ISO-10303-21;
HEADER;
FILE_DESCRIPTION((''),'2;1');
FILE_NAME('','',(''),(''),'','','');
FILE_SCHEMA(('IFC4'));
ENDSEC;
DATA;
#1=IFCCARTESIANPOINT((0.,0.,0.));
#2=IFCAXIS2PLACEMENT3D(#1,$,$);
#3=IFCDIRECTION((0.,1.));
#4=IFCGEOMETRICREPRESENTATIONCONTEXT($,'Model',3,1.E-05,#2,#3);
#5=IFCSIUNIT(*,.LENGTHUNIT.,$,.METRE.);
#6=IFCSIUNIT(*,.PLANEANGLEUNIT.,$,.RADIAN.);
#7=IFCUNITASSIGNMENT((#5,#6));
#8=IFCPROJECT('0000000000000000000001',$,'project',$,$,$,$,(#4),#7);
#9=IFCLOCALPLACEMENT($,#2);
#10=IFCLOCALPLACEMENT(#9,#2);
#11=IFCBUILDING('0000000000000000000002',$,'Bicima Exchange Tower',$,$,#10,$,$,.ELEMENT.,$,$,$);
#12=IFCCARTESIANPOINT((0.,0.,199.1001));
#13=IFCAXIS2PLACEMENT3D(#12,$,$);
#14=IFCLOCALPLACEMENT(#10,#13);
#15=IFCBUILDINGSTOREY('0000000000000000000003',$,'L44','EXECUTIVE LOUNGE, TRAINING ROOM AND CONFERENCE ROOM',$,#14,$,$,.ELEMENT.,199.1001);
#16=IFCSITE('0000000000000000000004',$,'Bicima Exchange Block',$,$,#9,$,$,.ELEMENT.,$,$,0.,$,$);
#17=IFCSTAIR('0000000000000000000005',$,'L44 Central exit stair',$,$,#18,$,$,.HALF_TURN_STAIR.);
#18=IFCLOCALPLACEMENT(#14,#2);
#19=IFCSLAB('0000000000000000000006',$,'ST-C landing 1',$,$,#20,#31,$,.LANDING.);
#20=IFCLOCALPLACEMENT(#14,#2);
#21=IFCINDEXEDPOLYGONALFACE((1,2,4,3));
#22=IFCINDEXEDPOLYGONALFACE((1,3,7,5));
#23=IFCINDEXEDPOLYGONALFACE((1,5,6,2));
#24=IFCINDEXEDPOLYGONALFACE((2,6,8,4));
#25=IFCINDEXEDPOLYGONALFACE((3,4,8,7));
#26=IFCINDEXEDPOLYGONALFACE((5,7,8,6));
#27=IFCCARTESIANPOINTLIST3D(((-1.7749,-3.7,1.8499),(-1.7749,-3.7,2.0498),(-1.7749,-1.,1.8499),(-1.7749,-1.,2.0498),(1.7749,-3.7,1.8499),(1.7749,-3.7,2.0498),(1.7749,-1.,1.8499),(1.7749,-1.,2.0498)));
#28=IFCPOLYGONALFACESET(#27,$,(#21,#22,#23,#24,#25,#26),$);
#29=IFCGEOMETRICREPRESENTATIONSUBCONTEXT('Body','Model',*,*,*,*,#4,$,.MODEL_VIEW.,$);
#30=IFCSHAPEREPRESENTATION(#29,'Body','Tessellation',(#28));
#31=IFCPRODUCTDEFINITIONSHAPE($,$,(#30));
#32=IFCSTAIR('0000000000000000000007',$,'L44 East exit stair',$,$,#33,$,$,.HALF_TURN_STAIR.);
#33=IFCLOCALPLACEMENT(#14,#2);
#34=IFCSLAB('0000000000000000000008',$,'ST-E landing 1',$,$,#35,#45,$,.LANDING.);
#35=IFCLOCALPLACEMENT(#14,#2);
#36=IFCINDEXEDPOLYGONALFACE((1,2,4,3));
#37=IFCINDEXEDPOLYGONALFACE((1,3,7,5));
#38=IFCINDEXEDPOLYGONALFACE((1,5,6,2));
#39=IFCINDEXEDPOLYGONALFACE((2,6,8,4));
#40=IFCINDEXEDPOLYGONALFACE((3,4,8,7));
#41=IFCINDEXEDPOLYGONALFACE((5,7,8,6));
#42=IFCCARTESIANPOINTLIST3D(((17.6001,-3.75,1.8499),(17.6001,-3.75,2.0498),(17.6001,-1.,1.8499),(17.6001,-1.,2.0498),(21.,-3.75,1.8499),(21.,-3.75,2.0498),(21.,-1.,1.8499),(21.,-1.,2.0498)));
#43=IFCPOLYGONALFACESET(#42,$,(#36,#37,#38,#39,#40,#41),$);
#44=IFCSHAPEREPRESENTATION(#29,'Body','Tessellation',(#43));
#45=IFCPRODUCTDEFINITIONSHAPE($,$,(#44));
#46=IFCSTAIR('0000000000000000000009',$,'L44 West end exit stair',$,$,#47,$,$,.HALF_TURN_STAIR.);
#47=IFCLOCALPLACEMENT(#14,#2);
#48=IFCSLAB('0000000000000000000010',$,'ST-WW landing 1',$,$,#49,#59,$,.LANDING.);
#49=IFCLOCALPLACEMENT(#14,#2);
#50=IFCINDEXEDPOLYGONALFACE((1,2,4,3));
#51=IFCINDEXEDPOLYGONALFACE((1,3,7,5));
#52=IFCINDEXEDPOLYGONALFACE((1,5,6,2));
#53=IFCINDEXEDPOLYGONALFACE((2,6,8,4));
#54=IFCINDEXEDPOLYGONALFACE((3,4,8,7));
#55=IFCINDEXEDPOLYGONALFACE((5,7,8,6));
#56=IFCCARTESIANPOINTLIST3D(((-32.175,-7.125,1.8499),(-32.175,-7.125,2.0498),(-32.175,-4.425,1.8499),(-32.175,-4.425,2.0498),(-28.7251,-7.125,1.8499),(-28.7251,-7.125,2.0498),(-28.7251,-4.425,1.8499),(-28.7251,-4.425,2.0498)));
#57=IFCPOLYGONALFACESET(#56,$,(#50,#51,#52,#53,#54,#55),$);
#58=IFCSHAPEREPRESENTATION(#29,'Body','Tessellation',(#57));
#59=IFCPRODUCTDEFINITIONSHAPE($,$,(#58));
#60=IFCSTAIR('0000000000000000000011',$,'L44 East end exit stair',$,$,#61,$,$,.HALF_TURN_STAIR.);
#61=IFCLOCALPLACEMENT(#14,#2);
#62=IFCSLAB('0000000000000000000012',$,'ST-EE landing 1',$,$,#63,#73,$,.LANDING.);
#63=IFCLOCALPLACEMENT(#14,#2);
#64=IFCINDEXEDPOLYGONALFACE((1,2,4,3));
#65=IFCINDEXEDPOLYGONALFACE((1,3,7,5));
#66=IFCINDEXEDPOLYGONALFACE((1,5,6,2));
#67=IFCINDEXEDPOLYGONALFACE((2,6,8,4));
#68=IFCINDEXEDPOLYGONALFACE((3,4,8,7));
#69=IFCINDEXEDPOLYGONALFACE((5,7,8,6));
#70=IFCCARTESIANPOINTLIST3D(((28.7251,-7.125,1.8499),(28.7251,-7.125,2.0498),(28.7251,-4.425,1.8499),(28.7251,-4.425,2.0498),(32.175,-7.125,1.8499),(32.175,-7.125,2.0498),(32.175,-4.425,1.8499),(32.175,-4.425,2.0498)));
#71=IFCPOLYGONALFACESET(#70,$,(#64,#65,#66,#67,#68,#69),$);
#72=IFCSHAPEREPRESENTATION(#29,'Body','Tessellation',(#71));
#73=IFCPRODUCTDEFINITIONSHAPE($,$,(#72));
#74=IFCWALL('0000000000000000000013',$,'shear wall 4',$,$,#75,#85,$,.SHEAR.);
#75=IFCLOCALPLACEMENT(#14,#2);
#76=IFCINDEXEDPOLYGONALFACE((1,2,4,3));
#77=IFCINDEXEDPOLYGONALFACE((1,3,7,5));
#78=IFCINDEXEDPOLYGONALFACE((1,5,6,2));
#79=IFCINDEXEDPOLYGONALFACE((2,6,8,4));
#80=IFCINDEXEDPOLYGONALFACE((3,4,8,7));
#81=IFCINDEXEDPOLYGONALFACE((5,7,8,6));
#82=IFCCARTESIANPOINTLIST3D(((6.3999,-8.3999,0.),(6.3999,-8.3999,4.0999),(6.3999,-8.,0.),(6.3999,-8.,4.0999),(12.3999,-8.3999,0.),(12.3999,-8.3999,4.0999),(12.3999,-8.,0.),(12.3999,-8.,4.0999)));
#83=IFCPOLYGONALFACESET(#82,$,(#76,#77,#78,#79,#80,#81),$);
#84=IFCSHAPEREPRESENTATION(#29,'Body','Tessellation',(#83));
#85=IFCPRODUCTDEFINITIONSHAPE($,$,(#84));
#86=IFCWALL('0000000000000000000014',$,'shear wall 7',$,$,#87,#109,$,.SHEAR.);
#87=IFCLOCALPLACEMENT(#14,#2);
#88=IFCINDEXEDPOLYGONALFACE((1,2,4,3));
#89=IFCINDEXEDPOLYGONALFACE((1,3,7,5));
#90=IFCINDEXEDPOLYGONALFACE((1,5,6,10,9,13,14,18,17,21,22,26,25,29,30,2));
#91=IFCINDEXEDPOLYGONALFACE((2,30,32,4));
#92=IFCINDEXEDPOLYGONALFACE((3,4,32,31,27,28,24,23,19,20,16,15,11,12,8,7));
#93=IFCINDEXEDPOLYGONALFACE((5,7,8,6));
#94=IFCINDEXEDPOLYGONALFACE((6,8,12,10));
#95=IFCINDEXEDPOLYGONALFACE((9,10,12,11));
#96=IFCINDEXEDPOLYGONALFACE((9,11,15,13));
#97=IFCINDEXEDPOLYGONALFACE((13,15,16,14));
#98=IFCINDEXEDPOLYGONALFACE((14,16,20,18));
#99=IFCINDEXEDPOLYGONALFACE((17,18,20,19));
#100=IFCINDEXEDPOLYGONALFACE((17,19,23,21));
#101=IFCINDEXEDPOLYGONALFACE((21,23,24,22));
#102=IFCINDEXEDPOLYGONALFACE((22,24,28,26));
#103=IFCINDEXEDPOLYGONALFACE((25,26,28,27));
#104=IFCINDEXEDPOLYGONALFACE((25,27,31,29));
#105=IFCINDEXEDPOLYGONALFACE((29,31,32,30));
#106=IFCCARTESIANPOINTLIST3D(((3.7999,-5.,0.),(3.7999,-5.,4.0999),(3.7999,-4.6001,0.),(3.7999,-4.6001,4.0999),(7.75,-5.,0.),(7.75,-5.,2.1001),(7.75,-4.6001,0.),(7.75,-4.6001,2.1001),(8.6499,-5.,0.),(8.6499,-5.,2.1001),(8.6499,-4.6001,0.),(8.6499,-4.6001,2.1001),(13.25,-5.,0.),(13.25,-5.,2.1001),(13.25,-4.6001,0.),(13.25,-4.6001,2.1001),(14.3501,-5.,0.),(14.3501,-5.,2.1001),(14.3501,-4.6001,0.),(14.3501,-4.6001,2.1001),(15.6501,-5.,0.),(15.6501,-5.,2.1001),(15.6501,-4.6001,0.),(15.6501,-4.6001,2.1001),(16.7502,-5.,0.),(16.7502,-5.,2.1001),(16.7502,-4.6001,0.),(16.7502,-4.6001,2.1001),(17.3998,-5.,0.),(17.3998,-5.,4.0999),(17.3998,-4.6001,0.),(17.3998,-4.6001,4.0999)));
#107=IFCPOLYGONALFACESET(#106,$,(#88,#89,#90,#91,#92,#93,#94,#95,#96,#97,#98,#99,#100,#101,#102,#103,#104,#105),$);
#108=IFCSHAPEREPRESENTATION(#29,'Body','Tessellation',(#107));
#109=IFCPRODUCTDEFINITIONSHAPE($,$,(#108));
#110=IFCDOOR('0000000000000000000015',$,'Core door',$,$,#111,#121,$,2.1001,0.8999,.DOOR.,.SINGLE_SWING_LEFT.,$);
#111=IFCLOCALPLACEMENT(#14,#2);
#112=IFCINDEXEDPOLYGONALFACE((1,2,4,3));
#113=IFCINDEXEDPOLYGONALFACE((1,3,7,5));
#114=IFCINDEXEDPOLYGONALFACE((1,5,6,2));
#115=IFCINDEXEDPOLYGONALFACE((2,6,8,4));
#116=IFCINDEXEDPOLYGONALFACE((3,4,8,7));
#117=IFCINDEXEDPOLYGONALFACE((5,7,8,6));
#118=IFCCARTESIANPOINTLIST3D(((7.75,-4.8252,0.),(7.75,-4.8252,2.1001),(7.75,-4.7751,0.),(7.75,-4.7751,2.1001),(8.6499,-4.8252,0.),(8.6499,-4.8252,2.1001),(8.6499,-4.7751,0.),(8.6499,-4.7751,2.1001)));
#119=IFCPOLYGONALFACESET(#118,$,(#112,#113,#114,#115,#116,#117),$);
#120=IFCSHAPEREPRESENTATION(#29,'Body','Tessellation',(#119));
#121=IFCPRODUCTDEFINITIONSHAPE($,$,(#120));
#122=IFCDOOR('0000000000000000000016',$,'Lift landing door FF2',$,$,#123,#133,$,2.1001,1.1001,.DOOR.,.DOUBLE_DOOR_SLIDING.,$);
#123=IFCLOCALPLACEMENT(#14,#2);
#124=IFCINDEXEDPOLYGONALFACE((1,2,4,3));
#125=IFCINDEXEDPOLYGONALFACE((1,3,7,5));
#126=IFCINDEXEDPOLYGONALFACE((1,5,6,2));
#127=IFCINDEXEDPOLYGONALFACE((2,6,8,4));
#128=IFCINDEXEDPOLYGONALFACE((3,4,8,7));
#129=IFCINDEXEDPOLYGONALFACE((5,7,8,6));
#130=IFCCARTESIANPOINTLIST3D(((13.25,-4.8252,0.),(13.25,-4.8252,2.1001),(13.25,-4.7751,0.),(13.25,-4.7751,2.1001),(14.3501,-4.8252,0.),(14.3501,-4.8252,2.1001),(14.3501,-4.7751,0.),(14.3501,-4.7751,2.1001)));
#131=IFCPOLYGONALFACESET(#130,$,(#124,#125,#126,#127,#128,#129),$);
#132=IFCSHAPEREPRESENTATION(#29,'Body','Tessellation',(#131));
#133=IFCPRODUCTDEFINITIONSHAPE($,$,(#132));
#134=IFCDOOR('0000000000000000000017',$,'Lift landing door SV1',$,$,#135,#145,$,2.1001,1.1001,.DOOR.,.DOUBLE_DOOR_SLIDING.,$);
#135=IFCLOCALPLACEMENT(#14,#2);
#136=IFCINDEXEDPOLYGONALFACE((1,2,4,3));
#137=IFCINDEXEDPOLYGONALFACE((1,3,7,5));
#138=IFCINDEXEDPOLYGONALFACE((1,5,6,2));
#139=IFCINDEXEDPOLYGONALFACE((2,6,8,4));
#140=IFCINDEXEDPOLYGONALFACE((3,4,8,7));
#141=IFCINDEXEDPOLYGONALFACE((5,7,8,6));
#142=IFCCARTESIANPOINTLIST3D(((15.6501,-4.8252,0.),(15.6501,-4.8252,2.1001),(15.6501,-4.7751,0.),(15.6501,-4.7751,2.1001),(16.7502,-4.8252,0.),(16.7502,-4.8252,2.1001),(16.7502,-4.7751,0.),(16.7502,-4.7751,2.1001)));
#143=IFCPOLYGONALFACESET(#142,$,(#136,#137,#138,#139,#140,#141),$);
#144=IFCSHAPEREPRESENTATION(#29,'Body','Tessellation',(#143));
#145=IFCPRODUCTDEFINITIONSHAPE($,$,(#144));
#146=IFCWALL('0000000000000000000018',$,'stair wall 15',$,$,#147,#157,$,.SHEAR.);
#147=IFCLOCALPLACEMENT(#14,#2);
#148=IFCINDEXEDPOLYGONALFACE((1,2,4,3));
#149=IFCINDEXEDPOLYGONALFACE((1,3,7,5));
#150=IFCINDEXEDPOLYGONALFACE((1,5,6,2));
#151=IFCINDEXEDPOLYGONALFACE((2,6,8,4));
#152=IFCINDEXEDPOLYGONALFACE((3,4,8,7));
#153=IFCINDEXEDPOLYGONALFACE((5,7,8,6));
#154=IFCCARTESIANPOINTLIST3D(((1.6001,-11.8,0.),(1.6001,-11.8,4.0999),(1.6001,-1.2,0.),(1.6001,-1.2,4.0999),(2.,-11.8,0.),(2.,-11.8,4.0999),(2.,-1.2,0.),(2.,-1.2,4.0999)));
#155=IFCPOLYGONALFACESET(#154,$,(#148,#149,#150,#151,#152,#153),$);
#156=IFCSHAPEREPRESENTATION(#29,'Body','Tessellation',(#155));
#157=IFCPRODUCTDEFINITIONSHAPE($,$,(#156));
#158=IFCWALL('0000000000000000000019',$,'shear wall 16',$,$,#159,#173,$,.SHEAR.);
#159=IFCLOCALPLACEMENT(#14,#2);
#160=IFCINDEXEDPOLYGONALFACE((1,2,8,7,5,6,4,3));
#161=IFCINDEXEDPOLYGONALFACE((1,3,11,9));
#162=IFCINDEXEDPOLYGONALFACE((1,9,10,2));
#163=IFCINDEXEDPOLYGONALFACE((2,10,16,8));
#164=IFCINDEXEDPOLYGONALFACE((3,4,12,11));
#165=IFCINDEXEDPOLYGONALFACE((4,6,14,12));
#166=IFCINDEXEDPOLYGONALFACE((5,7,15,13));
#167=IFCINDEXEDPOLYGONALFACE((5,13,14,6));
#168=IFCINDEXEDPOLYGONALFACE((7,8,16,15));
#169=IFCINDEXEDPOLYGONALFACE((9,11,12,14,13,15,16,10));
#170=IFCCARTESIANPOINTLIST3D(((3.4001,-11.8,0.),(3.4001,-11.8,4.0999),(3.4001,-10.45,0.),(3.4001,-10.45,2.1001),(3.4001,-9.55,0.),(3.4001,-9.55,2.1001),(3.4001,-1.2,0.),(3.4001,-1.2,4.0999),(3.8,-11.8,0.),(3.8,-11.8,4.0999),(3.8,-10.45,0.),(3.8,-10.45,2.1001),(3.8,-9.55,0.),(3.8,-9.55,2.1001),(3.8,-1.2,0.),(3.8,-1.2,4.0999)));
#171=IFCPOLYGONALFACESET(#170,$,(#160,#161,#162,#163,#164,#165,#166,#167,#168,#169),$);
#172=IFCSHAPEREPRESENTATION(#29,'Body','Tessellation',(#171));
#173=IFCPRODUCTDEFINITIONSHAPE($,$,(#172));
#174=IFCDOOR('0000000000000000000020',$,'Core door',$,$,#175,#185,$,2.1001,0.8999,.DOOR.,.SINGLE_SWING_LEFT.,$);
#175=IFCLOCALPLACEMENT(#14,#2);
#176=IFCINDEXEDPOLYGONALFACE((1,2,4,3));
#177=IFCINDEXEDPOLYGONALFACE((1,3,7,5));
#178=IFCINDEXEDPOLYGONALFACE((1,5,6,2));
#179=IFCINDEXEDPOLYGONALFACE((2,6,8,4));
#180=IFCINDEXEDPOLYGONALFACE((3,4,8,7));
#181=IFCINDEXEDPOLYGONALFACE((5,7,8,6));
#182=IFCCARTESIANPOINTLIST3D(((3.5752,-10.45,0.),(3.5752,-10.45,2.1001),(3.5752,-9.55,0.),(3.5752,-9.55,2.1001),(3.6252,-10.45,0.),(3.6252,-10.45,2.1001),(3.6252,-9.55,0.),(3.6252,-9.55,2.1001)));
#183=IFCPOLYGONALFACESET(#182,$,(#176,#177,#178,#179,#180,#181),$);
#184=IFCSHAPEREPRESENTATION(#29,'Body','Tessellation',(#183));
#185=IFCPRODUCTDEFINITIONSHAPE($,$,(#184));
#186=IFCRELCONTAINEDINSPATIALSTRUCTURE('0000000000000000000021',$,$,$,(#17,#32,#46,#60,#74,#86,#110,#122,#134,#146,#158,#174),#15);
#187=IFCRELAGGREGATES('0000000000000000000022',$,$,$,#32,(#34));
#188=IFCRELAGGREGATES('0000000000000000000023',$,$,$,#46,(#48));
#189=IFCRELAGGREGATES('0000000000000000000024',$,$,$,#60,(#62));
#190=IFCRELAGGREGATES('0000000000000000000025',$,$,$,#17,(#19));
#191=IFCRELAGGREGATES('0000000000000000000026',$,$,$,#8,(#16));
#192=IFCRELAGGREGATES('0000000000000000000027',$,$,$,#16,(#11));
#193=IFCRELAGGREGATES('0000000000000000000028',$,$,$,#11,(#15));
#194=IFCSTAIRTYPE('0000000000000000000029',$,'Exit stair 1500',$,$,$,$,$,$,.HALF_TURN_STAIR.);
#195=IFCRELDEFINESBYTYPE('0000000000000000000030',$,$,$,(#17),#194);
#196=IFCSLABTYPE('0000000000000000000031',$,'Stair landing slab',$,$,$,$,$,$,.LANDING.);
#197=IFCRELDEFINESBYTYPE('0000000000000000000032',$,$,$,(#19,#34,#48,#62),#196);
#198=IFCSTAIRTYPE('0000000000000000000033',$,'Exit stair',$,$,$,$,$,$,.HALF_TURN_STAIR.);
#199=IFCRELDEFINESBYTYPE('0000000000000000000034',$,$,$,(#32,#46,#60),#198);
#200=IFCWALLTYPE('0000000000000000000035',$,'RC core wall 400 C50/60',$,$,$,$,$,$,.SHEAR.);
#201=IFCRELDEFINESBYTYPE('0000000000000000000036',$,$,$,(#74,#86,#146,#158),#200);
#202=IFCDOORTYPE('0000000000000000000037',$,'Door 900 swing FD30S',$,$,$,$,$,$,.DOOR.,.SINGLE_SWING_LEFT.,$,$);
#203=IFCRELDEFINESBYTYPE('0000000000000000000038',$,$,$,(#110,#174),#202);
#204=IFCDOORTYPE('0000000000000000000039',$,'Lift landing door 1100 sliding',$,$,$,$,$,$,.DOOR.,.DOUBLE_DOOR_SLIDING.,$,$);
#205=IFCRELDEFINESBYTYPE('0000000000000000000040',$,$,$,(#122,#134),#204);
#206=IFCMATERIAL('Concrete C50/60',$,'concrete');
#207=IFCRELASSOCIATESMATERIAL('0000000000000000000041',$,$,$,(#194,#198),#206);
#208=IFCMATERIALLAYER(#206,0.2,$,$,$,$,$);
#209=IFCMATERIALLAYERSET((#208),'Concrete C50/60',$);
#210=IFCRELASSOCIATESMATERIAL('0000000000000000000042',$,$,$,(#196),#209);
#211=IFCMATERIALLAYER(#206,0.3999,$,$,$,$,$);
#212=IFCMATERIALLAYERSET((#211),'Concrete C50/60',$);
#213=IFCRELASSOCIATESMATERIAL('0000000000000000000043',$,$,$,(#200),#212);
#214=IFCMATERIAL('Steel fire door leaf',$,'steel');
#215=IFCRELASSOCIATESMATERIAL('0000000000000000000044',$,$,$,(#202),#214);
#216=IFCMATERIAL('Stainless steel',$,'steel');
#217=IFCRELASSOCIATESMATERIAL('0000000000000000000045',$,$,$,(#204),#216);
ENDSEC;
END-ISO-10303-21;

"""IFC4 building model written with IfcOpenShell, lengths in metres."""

from ifc_helpers import new_model, si_unit, direction, frame, frame_2d, origin, place, context, subcontext, project, spatial, polyline, rectangle, outline, extrude, material, layer, layer_set, type_object, element, fill, aggregate, save


model = new_model("IFC4")

# Units and contexts
model_context = context("Model", 3, precision=1e-05, world=origin(), true_north=direction((0.0, 1.0)))
body_context = subcontext(model_context, "Body", "Model", "MODEL_VIEW")
ifc_project = project(units=[si_unit("LENGTHUNIT", "METRE"), si_unit("PLANEANGLEUNIT", "RADIAN")], contexts=[model_context])

# Site, building, storey
site_placement = place(None, origin())
site = spatial("IfcSite", under=ifc_project, at=site_placement, Name="Bicima Exchange Block", CompositionType="ELEMENT", RefElevation=0.0)
building_placement = place(site_placement, origin())
building = spatial("IfcBuilding", under=site, at=building_placement, Name="Bicima Exchange Tower", CompositionType="ELEMENT")
storey_placement = place(building_placement, frame((0.0, 0.0, 199.1001)))
storey = spatial("IfcBuildingStorey", under=building, at=storey_placement, Name="L44", Description="EXECUTIVE LOUNGE, TRAINING ROOM AND CONFERENCE ROOM", CompositionType="ELEMENT", Elevation=199.1001)

# Stairs, slabs
ifc_material_1 = material(Name="Concrete C50/60", Category="concrete")
stair_type_1 = type_object("IfcStairType", Name="Exit stair 1500", PredefinedType="HALF_TURN_STAIR", material=ifc_material_1)
stair_1_placement = place(storey_placement, origin())
stair_1 = element("IfcStair", 1, at=stair_1_placement, inside=storey, type_object=stair_type_1, Name="L44 Central exit stair", PredefinedType="HALF_TURN_STAIR")
ifc_layer_1 = layer(ifc_material_1, 0.2)
ifc_layer_set_1 = layer_set([ifc_layer_1], Name="Concrete C50/60")
slab_type = type_object("IfcSlabType", Name="Stair landing slab", PredefinedType="LANDING", material=ifc_layer_set_1)
slab_1_placement = place(storey_placement, frame((0.0, 0.0, 1.8499)))
slab_1 = element("IfcSlab", 2, at=slab_1_placement, type_object=slab_type, Name="ST-C landing 1", PredefinedType="LANDING", context=body_context, shape_type="SweptSolid", body=[
    extrude(outline(polyline([(1.7749, -3.7), (1.7749, -1.0), (-1.7749, -1.0), (-1.7749, -3.7), (1.7749, -3.7)])), origin(), (0.0, 0.0, 1.0), 0.2),
])
stair_type_2 = type_object("IfcStairType", Name="Exit stair", PredefinedType="HALF_TURN_STAIR", material=ifc_material_1)
stair_2_placement = place(storey_placement, origin())
stair_2 = element("IfcStair", 3, at=stair_2_placement, inside=storey, type_object=stair_type_2, Name="L44 East exit stair", PredefinedType="HALF_TURN_STAIR")
slab_2_placement = place(storey_placement, frame((0.0, 0.0, 1.8499)))
slab_2 = element("IfcSlab", 4, at=slab_2_placement, type_object=slab_type, Name="ST-E landing 1", PredefinedType="LANDING", context=body_context, shape_type="SweptSolid", body=[
    extrude(outline(polyline([(21.0, -3.75), (21.0, -1.0), (17.6001, -1.0), (17.6001, -3.75), (21.0, -3.75)])), origin(), (0.0, 0.0, 1.0), 0.2),
])
aggregate(stair_2, [slab_2])
stair_3_placement = place(storey_placement, origin())
stair_3 = element("IfcStair", 5, at=stair_3_placement, inside=storey, type_object=stair_type_2, Name="L44 West end exit stair", PredefinedType="HALF_TURN_STAIR")
slab_3_placement = place(storey_placement, frame((0.0, 0.0, 1.8499)))
slab_3 = element("IfcSlab", 6, at=slab_3_placement, type_object=slab_type, Name="ST-WW landing 1", PredefinedType="LANDING", context=body_context, shape_type="SweptSolid", body=[
    extrude(outline(polyline([(-28.7251, -7.125), (-28.7251, -4.425), (-32.175, -4.425), (-32.175, -7.125), (-28.7251, -7.125)])), origin(), (0.0, 0.0, 1.0), 0.2),
])
aggregate(stair_3, [slab_3])
stair_4_placement = place(storey_placement, origin())
stair_4 = element("IfcStair", 7, at=stair_4_placement, inside=storey, type_object=stair_type_2, Name="L44 East end exit stair", PredefinedType="HALF_TURN_STAIR")
slab_4_placement = place(storey_placement, frame((0.0, 0.0, 1.8499)))
slab_4 = element("IfcSlab", 8, at=slab_4_placement, type_object=slab_type, Name="ST-EE landing 1", PredefinedType="LANDING", context=body_context, shape_type="SweptSolid", body=[
    extrude(outline(polyline([(32.175, -7.125), (32.175, -4.425), (28.7251, -4.425), (28.7251, -7.125), (32.175, -7.125)])), origin(), (0.0, 0.0, 1.0), 0.2),
])
aggregate(stair_4, [slab_4])

# Wall
ifc_layer_2 = layer(ifc_material_1, 0.3999)
ifc_layer_set_2 = layer_set([ifc_layer_2], Name="Concrete C50/60")
wall_type_1 = type_object("IfcWallType", Name="RC core wall 400 C50/60", PredefinedType="SHEAR", material=ifc_layer_set_2)
wall_1_placement = place(storey_placement, frame((6.3999, -8.2, 0.0), z_axis=(0.0, 0.0, 1.0), x_axis=(1.0, 0.0, 0.0)))
element("IfcWall", 9, at=wall_1_placement, inside=storey, type_object=wall_type_1, Name="shear wall 4", PredefinedType="SHEAR", context=body_context, shape_type="SweptSolid", body=[
    extrude(rectangle(XDim=6.0, YDim=0.3999, at=frame_2d((3.0, 0.0))), origin(), (0.0, 0.0, 1.0), 4.0999),
])

# Wall, openings, doors
wall_2_placement = place(storey_placement, frame((3.8, -4.8, 0.0), z_axis=(0.0, 0.0, 1.0), x_axis=(1.0, 0.0, 0.0)))
wall_2 = element("IfcWall", 10, at=wall_2_placement, inside=storey, type_object=wall_type_1, Name="shear wall 7", PredefinedType="SHEAR", context=body_context, shape_type="SweptSolid", body=[
    extrude(rectangle(XDim=13.5999, YDim=0.3999, at=frame_2d((6.7998, 0.0))), origin(), (0.0, 0.0, 1.0), 4.0999),
])
opening_1_placement = place(wall_2_placement, frame((9.45, 0.0, 0.0)))
opening_1 = element("IfcOpeningElement", 11, at=opening_1_placement, cuts=wall_2, PredefinedType="OPENING", context=body_context, shape_type="SweptSolid", body=[
    extrude(rectangle(XDim=1.1001, YDim=2.1001, at=frame_2d((0.55, 1.05))), frame((0.0, 0.2119, 0.0), z_axis=(0.0, -1.0, 0.0), x_axis=(1.0, 0.0, 0.0)), (0.0, 0.0, 1.0), 0.4238),
])
opening_2_placement = place(wall_2_placement, frame((11.8501, 0.0, 0.0)))
opening_2 = element("IfcOpeningElement", 12, at=opening_2_placement, cuts=wall_2, PredefinedType="OPENING", context=body_context, shape_type="SweptSolid", body=[
    extrude(rectangle(XDim=1.1001, YDim=2.1001, at=frame_2d((0.55, 1.05))), frame((0.0, 0.2119, 0.0), z_axis=(0.0, -1.0, 0.0), x_axis=(1.0, 0.0, 0.0)), (0.0, 0.0, 1.0), 0.4238),
])
opening_3_placement = place(wall_2_placement, frame((3.95, 0.0, 0.0)))
opening_3 = element("IfcOpeningElement", 13, at=opening_3_placement, cuts=wall_2, PredefinedType="OPENING", context=body_context, shape_type="SweptSolid", body=[
    extrude(rectangle(XDim=0.8999, YDim=2.1001, at=frame_2d((0.45, 1.05))), frame((0.0, 0.2119, 0.0), z_axis=(0.0, -1.0, 0.0), x_axis=(1.0, 0.0, 0.0)), (0.0, 0.0, 1.0), 0.4238),
])
ifc_material_2 = material(Name="Steel fire door leaf", Category="steel")
door_type_1 = type_object("IfcDoorType", Name="Door 900 swing FD30S", OperationType="SINGLE_SWING_LEFT", PredefinedType="DOOR", material=ifc_material_2)
door_1_placement = place(opening_3_placement, origin())
door_1 = element("IfcDoor", 14, at=door_1_placement, inside=storey, type_object=door_type_1, Name="Core door", OperationType="SINGLE_SWING_LEFT", OverallHeight=2.1001, OverallWidth=0.8999, PredefinedType="DOOR", context=body_context, shape_type="SweptSolid", body=[
    extrude(rectangle(XDim=0.8999, YDim=2.1001, at=frame_2d((0.45, 1.05))), frame((0.0, 0.0249, 0.0), z_axis=(0.0, -1.0, 0.0), x_axis=(1.0, 0.0, 0.0)), (0.0, 0.0, 1.0), 0.05),
])
fill(opening_3, door_1)
ifc_material_3 = material(Name="Stainless steel", Category="steel")
door_type_2 = type_object("IfcDoorType", Name="Lift landing door 1100 sliding", OperationType="DOUBLE_DOOR_SLIDING", PredefinedType="DOOR", material=ifc_material_3)
door_2_placement = place(opening_1_placement, origin())
door_2 = element("IfcDoor", 15, at=door_2_placement, inside=storey, type_object=door_type_2, Name="Lift landing door FF2", OperationType="DOUBLE_DOOR_SLIDING", OverallHeight=2.1001, OverallWidth=1.1001, PredefinedType="DOOR", context=body_context, shape_type="SweptSolid", body=[
    extrude(rectangle(XDim=1.1001, YDim=2.1001, at=frame_2d((0.55, 1.05))), frame((0.0, 0.0249, 0.0), z_axis=(0.0, -1.0, 0.0), x_axis=(1.0, 0.0, 0.0)), (0.0, 0.0, 1.0), 0.05),
])
fill(opening_1, door_2)
door_3_placement = place(opening_2_placement, origin())
door_3 = element("IfcDoor", 16, at=door_3_placement, inside=storey, type_object=door_type_2, Name="Lift landing door SV1", OperationType="DOUBLE_DOOR_SLIDING", OverallHeight=2.1001, OverallWidth=1.1001, PredefinedType="DOOR", context=body_context, shape_type="SweptSolid", body=[
    extrude(rectangle(XDim=1.1001, YDim=2.1001, at=frame_2d((0.55, 1.05))), frame((0.0, 0.0249, 0.0), z_axis=(0.0, -1.0, 0.0), x_axis=(1.0, 0.0, 0.0)), (0.0, 0.0, 1.0), 0.05),
])
fill(opening_2, door_3)

# Wall
wall_3_placement = place(storey_placement, frame((1.8, -11.8, 0.0), z_axis=(0.0, 0.0, 1.0), x_axis=(0.0, 1.0, 0.0)))
element("IfcWall", 17, at=wall_3_placement, inside=storey, type_object=wall_type_1, Name="stair wall 15", PredefinedType="SHEAR", context=body_context, shape_type="SweptSolid", body=[
    extrude(rectangle(XDim=10.6001, YDim=0.3999, at=frame_2d((5.3, 0.0))), origin(), (0.0, 0.0, 1.0), 4.0999),
])

# Wall, opening, door
wall_4_placement = place(storey_placement, frame((3.6001, -11.8, 0.0), z_axis=(0.0, 0.0, 1.0), x_axis=(0.0, 1.0, 0.0)))
wall_4 = element("IfcWall", 18, at=wall_4_placement, inside=storey, type_object=wall_type_1, Name="shear wall 16", PredefinedType="SHEAR", context=body_context, shape_type="SweptSolid", body=[
    extrude(rectangle(XDim=10.6001, YDim=0.3999, at=frame_2d((5.3, 0.0))), origin(), (0.0, 0.0, 1.0), 4.0999),
])
opening_4_placement = place(wall_4_placement, frame((1.3501, 0.0, 0.0)))
opening_4 = element("IfcOpeningElement", 19, at=opening_4_placement, cuts=wall_4, PredefinedType="OPENING", context=body_context, shape_type="SweptSolid", body=[
    extrude(rectangle(XDim=0.8999, YDim=2.1001, at=frame_2d((0.45, 1.05))), frame((0.0, 0.2119, 0.0), z_axis=(0.0, -1.0, 0.0), x_axis=(1.0, 0.0, 0.0)), (0.0, 0.0, 1.0), 0.4238),
])
door_4_placement = place(opening_4_placement, origin())
door_4 = element("IfcDoor", 20, at=door_4_placement, inside=storey, type_object=door_type_1, Name="Core door", OperationType="SINGLE_SWING_LEFT", OverallHeight=2.1001, OverallWidth=0.8999, PredefinedType="DOOR", context=body_context, shape_type="SweptSolid", body=[
    extrude(rectangle(XDim=0.8999, YDim=2.1001, at=frame_2d((0.45, 1.05))), frame((0.0, 0.0249, 0.0), z_axis=(0.0, -1.0, 0.0), x_axis=(1.0, 0.0, 0.0)), (0.0, 0.0, 1.0), 0.05),
])
fill(opening_4, door_4)

aggregate(stair_1, [slab_1])

save(model, "model.ifc")
